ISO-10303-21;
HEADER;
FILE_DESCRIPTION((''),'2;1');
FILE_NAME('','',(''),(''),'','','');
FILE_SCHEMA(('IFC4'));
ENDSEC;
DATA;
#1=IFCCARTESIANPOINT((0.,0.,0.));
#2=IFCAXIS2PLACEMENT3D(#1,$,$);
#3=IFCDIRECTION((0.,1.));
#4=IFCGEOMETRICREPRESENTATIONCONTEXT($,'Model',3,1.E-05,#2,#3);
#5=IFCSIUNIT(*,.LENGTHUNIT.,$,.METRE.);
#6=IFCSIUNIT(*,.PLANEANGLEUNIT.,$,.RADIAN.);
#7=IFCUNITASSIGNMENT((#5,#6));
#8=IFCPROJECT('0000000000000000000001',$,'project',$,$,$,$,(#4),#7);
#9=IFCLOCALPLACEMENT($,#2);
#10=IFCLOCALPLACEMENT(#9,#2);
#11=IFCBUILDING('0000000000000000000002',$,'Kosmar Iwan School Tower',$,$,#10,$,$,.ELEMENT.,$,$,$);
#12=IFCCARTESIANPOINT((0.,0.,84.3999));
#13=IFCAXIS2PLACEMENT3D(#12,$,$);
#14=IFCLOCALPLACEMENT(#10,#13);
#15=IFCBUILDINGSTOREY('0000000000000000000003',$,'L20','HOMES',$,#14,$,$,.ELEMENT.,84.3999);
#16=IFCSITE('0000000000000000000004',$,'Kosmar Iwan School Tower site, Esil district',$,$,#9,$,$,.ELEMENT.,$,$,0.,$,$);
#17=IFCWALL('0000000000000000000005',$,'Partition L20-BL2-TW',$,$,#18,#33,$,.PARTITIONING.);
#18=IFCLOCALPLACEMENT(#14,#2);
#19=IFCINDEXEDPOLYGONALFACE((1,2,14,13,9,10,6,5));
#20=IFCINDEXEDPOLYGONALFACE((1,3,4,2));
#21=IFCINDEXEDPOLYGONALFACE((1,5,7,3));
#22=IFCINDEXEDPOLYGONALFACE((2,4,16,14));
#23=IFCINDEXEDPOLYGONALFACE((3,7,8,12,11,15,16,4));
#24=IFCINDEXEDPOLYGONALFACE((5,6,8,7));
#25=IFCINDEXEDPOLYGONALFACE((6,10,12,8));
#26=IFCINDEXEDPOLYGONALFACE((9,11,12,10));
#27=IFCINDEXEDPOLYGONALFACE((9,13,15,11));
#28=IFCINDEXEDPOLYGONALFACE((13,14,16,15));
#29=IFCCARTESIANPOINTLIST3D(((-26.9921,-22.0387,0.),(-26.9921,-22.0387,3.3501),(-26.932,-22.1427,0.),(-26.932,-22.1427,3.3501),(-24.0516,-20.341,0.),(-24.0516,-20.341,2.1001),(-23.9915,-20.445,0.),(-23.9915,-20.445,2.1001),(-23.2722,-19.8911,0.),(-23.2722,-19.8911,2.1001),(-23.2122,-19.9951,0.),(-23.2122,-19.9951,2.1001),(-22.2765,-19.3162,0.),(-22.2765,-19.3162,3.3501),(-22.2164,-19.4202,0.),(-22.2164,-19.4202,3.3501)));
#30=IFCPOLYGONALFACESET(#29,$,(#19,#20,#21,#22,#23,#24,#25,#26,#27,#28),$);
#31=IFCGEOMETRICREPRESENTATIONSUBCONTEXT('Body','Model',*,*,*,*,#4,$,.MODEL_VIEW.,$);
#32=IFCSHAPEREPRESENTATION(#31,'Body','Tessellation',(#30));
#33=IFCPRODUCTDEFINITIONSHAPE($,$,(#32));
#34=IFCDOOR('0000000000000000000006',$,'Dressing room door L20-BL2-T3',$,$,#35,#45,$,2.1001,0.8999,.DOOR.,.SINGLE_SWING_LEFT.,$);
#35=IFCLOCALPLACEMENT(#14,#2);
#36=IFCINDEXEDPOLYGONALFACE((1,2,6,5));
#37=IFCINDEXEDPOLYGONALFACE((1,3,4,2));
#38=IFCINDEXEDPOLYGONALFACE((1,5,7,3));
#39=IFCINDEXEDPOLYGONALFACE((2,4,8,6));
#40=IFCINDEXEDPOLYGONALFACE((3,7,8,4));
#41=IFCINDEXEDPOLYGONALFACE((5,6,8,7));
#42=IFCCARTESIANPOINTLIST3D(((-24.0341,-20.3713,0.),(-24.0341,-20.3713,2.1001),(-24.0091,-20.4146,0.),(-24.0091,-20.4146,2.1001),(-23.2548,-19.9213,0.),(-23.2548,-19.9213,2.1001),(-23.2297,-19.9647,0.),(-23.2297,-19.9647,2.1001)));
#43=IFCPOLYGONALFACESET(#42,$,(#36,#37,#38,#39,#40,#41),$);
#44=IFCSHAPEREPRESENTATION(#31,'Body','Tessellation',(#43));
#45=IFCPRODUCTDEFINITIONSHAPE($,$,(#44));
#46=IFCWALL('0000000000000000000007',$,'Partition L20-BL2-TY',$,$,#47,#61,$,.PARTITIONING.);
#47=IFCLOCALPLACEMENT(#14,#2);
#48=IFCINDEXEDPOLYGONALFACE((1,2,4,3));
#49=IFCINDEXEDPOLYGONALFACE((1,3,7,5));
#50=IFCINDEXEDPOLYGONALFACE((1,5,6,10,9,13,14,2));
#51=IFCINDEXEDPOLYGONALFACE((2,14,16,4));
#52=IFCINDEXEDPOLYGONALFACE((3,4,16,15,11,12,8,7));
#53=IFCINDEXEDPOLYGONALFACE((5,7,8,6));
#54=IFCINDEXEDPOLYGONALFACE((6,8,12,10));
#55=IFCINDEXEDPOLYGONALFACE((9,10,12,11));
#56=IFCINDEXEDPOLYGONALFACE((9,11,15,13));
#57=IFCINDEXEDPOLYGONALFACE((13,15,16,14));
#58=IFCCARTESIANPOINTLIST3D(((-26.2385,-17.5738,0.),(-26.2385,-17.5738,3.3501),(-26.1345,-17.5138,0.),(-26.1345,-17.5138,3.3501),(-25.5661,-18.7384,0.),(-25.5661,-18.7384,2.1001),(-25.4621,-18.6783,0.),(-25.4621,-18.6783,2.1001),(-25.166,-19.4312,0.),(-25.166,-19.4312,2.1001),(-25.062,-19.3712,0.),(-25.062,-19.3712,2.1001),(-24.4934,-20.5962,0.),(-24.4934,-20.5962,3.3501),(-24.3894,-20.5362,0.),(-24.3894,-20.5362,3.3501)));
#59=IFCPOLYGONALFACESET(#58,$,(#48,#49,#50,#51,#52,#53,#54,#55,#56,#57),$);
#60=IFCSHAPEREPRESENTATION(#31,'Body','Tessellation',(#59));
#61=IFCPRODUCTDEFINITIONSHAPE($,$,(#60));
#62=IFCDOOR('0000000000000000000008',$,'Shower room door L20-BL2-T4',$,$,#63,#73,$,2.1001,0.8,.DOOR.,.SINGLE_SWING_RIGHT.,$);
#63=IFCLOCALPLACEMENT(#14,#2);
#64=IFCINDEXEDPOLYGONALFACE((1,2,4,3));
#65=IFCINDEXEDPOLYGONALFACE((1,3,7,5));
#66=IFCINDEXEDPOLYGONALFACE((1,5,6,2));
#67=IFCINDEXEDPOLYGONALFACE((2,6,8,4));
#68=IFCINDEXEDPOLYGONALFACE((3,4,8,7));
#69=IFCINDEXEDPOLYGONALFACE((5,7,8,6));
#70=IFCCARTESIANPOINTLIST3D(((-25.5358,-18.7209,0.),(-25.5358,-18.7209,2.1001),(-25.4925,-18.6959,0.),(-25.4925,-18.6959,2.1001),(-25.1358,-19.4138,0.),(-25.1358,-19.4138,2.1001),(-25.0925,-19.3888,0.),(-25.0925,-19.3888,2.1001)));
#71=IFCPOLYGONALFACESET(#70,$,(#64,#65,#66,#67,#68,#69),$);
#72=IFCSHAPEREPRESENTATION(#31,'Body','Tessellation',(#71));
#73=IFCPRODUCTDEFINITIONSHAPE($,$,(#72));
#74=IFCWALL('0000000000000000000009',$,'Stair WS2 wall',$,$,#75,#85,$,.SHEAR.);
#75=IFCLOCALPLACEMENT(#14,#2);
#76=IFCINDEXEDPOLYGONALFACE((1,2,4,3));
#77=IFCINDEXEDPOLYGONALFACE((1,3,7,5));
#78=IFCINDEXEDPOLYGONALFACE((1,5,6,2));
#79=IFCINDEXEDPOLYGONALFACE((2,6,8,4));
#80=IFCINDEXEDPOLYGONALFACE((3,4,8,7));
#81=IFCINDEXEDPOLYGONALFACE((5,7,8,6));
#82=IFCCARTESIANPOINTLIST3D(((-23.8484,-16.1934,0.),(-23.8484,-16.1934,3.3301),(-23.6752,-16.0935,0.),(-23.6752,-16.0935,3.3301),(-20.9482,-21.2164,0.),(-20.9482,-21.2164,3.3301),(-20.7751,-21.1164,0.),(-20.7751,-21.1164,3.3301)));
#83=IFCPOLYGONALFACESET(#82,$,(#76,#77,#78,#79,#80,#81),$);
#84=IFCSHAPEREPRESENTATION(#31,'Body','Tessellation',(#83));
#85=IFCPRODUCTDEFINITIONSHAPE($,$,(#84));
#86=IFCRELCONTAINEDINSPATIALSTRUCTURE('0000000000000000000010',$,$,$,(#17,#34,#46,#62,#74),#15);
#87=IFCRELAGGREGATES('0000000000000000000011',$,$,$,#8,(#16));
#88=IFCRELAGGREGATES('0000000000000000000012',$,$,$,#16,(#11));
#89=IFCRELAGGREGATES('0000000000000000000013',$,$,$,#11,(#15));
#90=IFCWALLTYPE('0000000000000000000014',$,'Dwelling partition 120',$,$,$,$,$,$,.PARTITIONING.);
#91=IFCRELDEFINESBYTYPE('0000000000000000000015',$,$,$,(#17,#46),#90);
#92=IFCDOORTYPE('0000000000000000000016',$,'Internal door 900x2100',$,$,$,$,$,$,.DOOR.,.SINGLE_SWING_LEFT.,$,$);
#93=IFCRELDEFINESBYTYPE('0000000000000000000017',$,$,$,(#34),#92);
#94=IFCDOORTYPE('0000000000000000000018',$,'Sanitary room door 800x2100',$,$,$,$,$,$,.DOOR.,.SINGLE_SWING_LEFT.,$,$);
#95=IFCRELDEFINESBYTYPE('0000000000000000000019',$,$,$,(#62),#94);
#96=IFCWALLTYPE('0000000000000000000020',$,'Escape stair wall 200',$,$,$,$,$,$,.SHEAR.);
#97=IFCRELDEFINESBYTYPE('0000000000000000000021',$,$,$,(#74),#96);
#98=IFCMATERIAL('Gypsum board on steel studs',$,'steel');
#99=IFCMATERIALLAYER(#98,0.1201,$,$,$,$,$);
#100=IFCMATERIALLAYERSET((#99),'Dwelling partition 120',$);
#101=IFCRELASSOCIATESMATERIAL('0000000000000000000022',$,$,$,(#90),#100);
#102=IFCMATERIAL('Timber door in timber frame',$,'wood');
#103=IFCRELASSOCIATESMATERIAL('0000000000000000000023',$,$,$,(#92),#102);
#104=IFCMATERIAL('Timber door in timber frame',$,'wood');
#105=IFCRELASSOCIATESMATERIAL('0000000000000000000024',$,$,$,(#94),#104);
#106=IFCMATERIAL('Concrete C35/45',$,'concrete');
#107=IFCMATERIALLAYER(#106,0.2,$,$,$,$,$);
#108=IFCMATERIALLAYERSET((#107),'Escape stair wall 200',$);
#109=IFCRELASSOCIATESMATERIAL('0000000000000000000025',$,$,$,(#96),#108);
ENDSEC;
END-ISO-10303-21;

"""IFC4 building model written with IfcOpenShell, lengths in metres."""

from ifc_helpers import new_model, si_unit, direction, frame, frame_2d, origin, place, context, subcontext, project, spatial, rectangle, extrude, material, layer, layer_set, type_object, element, fill, save


model = new_model("IFC4")

# Units and contexts
model_context = context("Model", 3, precision=1e-05, world=origin(), true_north=direction((0.0, 1.0)))
body_context = subcontext(model_context, "Body", "Model", "MODEL_VIEW")
ifc_project = project(units=[si_unit("LENGTHUNIT", "METRE"), si_unit("PLANEANGLEUNIT", "RADIAN")], contexts=[model_context])

# Site, building, storey
site_placement = place(None, origin())
site = spatial("IfcSite", under=ifc_project, at=site_placement, Name="Kosmar Iwan School Tower site, Esil district", CompositionType="ELEMENT", RefElevation=0.0)
building_placement = place(site_placement, origin())
building = spatial("IfcBuilding", under=site, at=building_placement, Name="Kosmar Iwan School Tower", CompositionType="ELEMENT")
storey_placement = place(building_placement, frame((0.0, 0.0, 84.3999)))
storey = spatial("IfcBuildingStorey", under=building, at=storey_placement, Name="L20", Description="HOMES", CompositionType="ELEMENT", Elevation=84.3999)

# Walls, openings, doors
ifc_material_1 = material(Name="Gypsum board on steel studs", Category="steel")
ifc_layer_1 = layer(ifc_material_1, 0.1201)
ifc_layer_set_1 = layer_set([ifc_layer_1], Name="Dwelling partition 120")
wall_type_1 = type_object("IfcWallType", Name="Dwelling partition 120", PredefinedType="PARTITIONING", material=ifc_layer_set_1)
ifc_material_2 = material(Name="Timber door in timber frame", Category="wood")
door_type_1 = type_object("IfcDoorType", Name="Internal door 900x2100", OperationType="SINGLE_SWING_LEFT", PredefinedType="DOOR", material=ifc_material_2)
wall_1_placement = place(storey_placement, frame((-22.2463, -19.3682, 0.0), z_axis=(0.0, 0.0, 1.0), x_axis=(-0.866036, -0.499982, 0.0)))
wall_1 = element("IfcWall", 1, at=wall_1_placement, inside=storey, type_object=wall_type_1, Name="Partition L20-BL2-TW", PredefinedType="PARTITIONING", context=body_context, shape_type="SweptSolid", body=[
    extrude(rectangle(XDim=5.4451, YDim=0.1201, at=frame_2d((2.7227, 0.0))), origin(), (0.0, 0.0, 1.0), 3.3501),
])
opening_1_placement = place(wall_1_placement, frame((1.1499, 0.0, 0.0)))
opening_1 = element("IfcOpeningElement", 2, at=opening_1_placement, cuts=wall_1, PredefinedType="OPENING", context=body_context, shape_type="SweptSolid", body=[
    extrude(rectangle(XDim=0.8999, YDim=2.1001, at=frame_2d((0.45, 1.05))), frame((0.0, 0.072, 0.0), z_axis=(0.0, -1.0, 0.0), x_axis=(1.0, 0.0, 0.0)), (0.0, 0.0, 1.0), 0.144),
])
door_1_placement = place(opening_1_placement, origin())
door_1 = element("IfcDoor", 3, at=door_1_placement, inside=storey, type_object=door_type_1, Name="Dressing room door L20-BL2-T3", OperationType="SINGLE_SWING_LEFT", OverallHeight=2.1001, OverallWidth=0.8999, PredefinedType="DOOR", context=body_context, shape_type="SweptSolid", body=[
    extrude(rectangle(XDim=0.8999, YDim=2.1001, at=frame_2d((0.45, 1.05))), frame((0.0, 0.0249, 0.0), z_axis=(0.0, -1.0, 0.0), x_axis=(1.0, 0.0, 0.0)), (0.0, 0.0, 1.0), 0.05),
])
fill(opening_1, door_1)
wall_2_placement = place(storey_placement, frame((-26.1865, -17.5437, 0.0), z_axis=(0.0, 0.0, 1.0), x_axis=(0.500021, -0.866013, 0.0)))
wall_2 = element("IfcWall", 4, at=wall_2_placement, inside=storey, type_object=wall_type_1, Name="Partition L20-BL2-TY", PredefinedType="PARTITIONING", context=body_context, shape_type="SweptSolid", body=[
    extrude(rectangle(XDim=3.49, YDim=0.1201, at=frame_2d((1.7451, 0.0))), origin(), (0.0, 0.0, 1.0), 3.3501),
])
opening_2_placement = place(wall_2_placement, frame((1.345, 0.0, 0.0)))
opening_2 = element("IfcOpeningElement", 5, at=opening_2_placement, cuts=wall_2, PredefinedType="OPENING", context=body_context, shape_type="SweptSolid", body=[
    extrude(rectangle(XDim=0.8, YDim=2.1001, at=frame_2d((0.3999, 1.05))), frame((0.0, 0.072, 0.0), z_axis=(0.0, -1.0, 0.0), x_axis=(1.0, 0.0, 0.0)), (0.0, 0.0, 1.0), 0.144),
])
ifc_material_3 = material(Name="Timber door in timber frame", Category="wood")
door_type_2 = type_object("IfcDoorType", Name="Sanitary room door 800x2100", OperationType="SINGLE_SWING_LEFT", PredefinedType="DOOR", material=ifc_material_3)
door_2_placement = place(opening_2_placement, origin())
door_2 = element("IfcDoor", 6, at=door_2_placement, inside=storey, type_object=door_type_2, Name="Shower room door L20-BL2-T4", OperationType="SINGLE_SWING_RIGHT", OverallHeight=2.1001, OverallWidth=0.8, PredefinedType="DOOR", context=body_context, shape_type="SweptSolid", body=[
    extrude(rectangle(XDim=0.8, YDim=2.1001, at=frame_2d((0.3999, 1.05))), frame((0.0, 0.0249, 0.0), z_axis=(0.0, -1.0, 0.0), x_axis=(1.0, 0.0, 0.0)), (0.0, 0.0, 1.0), 0.05),
])
fill(opening_2, door_2)

# Wall
ifc_material_4 = material(Name="Concrete C35/45", Category="concrete")
ifc_layer_2 = layer(ifc_material_4, 0.2)
ifc_layer_set_2 = layer_set([ifc_layer_2], Name="Escape stair wall 200")
wall_type_2 = type_object("IfcWallType", Name="Escape stair wall 200", PredefinedType="SHEAR", material=ifc_layer_set_2)
wall_3_placement = place(storey_placement, frame((-23.7617, -16.1436, 0.0), z_axis=(0.0, 0.0, 1.0), x_axis=(0.500019, -0.866015, 0.0)))
element("IfcWall", 7, at=wall_3_placement, inside=storey, type_object=wall_type_2, Name="Stair WS2 wall", PredefinedType="SHEAR", context=body_context, shape_type="SweptSolid", body=[
    extrude(rectangle(XDim=5.8, YDim=0.2, at=frame_2d((2.8999, 0.0))), origin(), (0.0, 0.0, 1.0), 3.3301),
])

save(model, "model.ifc")
